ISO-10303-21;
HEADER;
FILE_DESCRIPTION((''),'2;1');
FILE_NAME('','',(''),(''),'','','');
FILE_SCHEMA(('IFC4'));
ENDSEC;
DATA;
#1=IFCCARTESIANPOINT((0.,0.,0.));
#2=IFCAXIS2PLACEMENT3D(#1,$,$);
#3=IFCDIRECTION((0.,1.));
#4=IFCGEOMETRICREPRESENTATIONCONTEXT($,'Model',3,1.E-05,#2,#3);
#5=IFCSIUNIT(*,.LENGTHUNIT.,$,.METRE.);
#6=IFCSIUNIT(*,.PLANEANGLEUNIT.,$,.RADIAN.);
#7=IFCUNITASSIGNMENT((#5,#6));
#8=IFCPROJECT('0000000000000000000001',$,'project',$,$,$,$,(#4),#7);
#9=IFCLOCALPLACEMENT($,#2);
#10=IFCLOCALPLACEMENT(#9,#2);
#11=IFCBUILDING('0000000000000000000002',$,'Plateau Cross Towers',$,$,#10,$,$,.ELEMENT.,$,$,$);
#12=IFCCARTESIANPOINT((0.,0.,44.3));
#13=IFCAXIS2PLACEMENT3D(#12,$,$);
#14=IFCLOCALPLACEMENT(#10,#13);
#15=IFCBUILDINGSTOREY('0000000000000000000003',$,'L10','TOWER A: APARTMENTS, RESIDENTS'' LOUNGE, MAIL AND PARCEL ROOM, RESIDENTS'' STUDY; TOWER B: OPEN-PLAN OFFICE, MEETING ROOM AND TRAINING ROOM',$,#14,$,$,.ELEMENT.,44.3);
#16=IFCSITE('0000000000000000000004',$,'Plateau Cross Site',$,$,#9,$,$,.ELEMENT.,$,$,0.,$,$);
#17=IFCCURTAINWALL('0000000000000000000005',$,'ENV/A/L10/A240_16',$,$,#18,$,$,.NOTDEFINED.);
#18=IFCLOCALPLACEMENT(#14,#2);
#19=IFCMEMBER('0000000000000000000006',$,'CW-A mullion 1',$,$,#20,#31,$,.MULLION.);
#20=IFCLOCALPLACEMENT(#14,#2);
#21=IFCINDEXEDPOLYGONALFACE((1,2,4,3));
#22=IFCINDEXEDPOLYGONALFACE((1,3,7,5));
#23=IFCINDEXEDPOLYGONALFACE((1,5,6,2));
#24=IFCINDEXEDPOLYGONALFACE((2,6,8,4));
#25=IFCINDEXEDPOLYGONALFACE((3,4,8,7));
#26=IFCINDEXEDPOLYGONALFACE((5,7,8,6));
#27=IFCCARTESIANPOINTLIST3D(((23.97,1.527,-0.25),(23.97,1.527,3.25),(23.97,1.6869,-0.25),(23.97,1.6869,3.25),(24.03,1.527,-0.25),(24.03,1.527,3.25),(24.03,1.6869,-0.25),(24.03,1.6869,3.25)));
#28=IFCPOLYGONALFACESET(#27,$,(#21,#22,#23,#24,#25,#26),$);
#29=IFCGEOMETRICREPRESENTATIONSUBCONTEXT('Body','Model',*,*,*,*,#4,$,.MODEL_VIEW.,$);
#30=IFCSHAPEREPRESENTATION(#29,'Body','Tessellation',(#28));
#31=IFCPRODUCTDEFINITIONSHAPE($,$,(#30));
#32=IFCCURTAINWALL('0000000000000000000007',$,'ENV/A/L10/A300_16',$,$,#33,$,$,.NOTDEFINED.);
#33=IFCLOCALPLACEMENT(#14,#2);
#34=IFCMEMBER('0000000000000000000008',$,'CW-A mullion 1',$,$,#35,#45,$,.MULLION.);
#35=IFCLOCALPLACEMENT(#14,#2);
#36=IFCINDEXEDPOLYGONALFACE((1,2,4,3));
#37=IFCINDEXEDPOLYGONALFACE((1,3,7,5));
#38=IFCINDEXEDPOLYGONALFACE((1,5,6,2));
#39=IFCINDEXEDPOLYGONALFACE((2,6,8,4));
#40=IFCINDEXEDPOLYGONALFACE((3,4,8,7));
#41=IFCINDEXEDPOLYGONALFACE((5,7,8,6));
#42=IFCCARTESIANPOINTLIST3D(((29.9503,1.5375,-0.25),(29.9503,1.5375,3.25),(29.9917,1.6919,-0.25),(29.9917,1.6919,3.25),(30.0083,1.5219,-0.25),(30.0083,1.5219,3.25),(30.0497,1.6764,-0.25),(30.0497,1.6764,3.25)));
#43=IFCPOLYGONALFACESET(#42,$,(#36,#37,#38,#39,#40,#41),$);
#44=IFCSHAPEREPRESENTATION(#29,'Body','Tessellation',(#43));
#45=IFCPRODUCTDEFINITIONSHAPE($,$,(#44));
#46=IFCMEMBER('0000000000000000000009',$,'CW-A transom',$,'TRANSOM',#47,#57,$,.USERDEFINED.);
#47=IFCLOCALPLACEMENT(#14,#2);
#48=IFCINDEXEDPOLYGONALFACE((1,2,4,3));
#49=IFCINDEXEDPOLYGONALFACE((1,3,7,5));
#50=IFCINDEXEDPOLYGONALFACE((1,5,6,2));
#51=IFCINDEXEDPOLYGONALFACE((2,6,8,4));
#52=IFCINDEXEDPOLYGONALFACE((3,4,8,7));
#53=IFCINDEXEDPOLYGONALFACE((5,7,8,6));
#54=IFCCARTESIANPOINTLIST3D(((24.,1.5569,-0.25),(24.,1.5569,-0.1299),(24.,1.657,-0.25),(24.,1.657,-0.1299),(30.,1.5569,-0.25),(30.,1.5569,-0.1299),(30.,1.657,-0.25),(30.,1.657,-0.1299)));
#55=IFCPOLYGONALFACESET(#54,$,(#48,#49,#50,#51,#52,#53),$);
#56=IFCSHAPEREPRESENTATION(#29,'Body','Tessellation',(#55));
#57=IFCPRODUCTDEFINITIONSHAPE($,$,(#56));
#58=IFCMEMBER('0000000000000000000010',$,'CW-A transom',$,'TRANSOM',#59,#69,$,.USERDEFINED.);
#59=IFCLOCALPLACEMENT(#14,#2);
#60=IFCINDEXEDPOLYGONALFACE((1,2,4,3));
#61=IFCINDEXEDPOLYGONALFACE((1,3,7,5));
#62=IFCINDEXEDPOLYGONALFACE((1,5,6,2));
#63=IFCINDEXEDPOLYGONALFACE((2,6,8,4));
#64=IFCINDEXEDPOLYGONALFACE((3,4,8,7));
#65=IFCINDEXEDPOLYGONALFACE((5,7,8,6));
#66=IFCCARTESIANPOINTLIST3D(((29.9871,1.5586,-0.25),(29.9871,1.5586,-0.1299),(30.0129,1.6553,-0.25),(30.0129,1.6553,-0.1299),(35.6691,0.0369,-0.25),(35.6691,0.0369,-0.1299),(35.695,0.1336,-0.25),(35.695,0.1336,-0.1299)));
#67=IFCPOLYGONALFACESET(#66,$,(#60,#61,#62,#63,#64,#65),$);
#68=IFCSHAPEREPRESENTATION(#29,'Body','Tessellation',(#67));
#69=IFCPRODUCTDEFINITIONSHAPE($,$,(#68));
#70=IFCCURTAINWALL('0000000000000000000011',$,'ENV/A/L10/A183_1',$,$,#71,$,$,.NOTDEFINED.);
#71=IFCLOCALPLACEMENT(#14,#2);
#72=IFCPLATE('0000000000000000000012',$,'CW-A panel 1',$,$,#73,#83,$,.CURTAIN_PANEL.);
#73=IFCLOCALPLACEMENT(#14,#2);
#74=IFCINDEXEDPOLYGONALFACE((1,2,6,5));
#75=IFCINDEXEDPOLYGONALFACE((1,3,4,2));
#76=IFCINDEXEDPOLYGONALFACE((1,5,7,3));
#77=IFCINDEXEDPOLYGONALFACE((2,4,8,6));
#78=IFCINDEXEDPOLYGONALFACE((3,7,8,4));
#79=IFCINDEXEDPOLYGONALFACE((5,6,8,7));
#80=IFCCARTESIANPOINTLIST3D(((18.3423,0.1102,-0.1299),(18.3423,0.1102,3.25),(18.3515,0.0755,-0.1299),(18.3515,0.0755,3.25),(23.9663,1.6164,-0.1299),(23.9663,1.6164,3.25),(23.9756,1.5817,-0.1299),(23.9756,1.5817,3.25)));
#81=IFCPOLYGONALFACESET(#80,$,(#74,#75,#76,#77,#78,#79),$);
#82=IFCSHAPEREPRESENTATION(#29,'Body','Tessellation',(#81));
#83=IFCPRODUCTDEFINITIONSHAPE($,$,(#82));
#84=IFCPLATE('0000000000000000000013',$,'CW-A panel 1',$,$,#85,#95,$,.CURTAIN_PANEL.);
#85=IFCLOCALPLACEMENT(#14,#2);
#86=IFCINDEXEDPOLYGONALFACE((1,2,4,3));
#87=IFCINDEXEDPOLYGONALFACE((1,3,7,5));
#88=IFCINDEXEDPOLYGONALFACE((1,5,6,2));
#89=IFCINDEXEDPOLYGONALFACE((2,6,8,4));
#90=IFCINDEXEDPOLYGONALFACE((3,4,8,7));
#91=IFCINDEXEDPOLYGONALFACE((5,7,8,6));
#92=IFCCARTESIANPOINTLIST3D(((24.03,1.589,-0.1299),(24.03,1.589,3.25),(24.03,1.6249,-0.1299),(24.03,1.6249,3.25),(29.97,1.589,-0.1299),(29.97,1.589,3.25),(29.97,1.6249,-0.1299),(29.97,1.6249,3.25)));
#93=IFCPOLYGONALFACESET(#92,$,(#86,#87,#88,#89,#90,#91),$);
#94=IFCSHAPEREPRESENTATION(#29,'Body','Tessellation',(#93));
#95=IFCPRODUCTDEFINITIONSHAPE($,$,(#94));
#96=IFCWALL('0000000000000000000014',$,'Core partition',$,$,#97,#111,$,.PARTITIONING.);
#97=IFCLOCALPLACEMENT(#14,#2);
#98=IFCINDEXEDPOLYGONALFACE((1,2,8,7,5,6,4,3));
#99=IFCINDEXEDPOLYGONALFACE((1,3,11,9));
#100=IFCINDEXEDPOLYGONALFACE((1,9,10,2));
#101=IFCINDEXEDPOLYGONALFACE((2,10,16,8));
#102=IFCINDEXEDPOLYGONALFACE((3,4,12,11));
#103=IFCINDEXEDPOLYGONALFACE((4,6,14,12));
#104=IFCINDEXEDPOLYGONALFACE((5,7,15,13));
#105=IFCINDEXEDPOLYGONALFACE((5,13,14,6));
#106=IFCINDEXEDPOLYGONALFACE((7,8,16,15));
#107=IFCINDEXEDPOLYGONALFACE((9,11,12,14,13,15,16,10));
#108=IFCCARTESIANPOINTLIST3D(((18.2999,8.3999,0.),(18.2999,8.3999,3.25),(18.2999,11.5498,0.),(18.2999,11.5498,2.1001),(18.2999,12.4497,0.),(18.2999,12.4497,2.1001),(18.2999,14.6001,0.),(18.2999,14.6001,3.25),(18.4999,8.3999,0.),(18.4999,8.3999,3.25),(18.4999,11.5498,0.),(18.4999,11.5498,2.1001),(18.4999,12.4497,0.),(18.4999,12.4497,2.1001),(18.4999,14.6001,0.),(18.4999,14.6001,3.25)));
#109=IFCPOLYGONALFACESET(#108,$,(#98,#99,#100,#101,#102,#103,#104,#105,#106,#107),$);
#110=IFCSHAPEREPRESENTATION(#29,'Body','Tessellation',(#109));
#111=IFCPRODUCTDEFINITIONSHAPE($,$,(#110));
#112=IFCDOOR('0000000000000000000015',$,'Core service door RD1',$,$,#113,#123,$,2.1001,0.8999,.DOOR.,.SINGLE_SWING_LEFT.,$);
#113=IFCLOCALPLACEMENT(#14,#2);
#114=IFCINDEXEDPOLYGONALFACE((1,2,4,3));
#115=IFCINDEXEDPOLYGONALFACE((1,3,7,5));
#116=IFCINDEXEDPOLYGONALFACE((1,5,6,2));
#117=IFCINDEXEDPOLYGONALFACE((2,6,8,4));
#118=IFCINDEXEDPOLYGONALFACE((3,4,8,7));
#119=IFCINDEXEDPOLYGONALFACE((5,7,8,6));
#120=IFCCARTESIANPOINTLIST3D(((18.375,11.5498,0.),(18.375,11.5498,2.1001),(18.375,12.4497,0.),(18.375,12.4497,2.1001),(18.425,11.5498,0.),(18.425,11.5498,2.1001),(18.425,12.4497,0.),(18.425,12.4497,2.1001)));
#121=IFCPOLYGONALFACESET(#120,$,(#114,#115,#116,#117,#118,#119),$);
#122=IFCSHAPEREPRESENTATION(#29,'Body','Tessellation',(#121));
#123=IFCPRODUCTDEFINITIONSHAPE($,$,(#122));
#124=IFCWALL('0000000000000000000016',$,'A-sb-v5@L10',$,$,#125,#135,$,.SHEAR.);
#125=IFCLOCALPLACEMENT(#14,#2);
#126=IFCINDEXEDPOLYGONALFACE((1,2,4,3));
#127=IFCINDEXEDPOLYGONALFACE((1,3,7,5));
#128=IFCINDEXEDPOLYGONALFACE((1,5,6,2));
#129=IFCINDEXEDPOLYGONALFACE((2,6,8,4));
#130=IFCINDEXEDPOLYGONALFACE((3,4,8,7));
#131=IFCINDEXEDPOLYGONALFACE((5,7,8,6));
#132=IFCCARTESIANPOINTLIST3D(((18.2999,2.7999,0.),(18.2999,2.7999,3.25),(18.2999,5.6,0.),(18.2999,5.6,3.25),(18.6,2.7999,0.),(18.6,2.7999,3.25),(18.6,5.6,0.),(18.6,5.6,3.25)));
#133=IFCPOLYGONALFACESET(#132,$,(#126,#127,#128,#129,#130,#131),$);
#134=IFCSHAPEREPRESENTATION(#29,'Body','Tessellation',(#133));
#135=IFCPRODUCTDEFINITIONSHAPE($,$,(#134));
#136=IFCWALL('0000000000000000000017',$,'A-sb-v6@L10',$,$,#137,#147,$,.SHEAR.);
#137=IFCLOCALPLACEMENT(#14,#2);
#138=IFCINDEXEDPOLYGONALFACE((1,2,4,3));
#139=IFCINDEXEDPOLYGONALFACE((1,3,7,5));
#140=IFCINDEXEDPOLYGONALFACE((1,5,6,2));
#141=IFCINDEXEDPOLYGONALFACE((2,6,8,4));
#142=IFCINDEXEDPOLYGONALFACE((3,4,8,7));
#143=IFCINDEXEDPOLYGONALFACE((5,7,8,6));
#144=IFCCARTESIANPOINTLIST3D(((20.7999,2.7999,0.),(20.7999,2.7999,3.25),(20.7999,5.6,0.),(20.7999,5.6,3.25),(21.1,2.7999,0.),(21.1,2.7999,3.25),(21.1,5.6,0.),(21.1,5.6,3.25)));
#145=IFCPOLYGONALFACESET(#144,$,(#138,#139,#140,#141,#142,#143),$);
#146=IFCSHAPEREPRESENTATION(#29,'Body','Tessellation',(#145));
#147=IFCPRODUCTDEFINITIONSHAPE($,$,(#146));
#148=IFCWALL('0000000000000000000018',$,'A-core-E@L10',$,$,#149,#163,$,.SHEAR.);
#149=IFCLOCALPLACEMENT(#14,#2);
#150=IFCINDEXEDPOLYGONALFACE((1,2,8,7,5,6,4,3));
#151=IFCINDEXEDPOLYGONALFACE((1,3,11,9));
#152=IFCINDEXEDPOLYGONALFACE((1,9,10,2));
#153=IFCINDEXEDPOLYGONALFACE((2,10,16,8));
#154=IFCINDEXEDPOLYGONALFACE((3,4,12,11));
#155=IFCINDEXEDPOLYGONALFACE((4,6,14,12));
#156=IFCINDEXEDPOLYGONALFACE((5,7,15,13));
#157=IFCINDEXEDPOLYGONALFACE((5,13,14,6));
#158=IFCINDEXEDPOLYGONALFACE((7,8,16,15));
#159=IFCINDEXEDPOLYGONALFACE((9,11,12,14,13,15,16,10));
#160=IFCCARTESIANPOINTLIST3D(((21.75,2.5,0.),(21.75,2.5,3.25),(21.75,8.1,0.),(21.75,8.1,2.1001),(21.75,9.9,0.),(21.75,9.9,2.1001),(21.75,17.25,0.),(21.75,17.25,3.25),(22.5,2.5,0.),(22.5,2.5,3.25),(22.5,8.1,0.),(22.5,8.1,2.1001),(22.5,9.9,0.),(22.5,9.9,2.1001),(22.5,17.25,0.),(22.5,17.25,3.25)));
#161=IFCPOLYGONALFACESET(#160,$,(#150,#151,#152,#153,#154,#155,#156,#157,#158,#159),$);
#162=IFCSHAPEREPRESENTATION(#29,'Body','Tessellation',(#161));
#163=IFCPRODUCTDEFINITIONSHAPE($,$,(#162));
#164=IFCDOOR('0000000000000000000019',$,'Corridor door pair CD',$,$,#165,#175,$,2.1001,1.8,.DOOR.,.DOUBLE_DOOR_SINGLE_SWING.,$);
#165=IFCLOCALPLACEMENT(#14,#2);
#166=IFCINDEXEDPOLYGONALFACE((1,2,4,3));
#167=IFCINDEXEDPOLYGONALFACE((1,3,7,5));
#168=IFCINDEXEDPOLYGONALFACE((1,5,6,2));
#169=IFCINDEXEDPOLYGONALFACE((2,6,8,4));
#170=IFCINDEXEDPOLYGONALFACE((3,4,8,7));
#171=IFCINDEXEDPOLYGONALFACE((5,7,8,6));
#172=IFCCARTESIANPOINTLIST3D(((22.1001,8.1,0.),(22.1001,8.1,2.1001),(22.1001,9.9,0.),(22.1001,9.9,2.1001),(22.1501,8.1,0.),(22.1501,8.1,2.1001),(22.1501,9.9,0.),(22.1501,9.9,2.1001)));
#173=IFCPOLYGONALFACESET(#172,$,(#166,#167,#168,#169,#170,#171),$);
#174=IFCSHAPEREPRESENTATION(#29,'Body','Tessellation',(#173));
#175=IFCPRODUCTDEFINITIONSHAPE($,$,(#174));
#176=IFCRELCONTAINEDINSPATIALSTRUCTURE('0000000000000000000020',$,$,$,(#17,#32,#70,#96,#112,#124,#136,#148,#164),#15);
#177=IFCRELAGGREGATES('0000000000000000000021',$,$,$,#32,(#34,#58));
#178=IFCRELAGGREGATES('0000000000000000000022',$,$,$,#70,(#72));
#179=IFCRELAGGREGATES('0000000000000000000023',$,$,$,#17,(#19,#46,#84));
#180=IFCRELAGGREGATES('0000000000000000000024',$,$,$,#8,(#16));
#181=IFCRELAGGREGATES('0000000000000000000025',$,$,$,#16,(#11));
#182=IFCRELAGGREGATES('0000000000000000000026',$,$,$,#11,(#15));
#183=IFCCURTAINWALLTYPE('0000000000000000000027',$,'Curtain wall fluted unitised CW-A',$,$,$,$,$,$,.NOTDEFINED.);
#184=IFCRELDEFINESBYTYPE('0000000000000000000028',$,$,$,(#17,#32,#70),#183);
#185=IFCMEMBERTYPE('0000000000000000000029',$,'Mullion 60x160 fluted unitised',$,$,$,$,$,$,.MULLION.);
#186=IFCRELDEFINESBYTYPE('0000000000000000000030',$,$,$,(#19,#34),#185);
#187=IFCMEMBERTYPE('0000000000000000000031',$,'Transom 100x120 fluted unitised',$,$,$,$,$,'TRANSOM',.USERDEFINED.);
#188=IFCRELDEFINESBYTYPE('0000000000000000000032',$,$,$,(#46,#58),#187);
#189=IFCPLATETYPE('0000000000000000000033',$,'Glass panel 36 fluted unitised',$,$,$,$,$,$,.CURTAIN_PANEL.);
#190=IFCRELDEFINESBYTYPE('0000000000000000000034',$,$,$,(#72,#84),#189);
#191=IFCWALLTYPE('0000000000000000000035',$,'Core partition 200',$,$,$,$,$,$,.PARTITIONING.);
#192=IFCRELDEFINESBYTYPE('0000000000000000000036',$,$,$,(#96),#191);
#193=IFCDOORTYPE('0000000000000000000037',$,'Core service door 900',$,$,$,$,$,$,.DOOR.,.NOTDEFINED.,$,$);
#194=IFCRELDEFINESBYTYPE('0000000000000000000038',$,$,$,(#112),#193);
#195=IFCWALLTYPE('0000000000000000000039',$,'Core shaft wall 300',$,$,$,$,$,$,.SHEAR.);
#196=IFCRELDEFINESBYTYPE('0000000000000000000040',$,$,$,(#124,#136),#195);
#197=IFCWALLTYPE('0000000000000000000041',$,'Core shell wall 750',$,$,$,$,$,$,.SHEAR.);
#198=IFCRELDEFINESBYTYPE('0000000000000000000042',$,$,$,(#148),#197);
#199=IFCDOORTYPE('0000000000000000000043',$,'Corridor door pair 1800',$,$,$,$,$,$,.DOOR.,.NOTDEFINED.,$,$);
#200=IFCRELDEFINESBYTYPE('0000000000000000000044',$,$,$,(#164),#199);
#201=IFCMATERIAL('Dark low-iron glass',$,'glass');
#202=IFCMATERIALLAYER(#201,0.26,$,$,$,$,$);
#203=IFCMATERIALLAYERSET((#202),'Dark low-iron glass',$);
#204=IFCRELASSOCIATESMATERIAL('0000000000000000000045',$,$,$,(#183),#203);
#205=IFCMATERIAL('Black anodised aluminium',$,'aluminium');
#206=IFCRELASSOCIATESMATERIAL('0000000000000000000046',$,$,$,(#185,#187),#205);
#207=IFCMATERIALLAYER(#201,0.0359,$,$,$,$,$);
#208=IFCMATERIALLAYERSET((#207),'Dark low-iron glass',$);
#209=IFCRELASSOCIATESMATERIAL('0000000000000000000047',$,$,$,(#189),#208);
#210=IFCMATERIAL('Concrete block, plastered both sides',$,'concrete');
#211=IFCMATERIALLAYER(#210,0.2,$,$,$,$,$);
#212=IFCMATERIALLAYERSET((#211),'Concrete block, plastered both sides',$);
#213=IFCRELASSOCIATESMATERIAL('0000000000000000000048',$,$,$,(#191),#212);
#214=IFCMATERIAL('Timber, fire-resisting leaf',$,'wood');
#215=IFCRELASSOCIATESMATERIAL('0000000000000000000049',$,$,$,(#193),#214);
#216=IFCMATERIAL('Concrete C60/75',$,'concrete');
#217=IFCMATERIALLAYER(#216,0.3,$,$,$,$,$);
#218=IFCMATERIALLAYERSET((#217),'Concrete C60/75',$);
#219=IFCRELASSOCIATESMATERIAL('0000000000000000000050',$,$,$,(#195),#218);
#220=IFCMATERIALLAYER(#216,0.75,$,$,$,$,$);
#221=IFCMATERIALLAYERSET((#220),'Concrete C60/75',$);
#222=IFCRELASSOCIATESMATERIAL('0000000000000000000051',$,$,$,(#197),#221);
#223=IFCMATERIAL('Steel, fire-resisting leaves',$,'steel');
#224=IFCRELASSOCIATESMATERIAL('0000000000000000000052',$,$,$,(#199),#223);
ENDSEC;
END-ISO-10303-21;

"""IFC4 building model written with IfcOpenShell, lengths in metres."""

from ifc_helpers import new_model, si_unit, direction, frame, frame_2d, origin, origin_2d, place, context, subcontext, project, spatial, rectangle, extrude, material, layer, layer_set, material_profile, profile_set, type_object, element, fill, aggregate, save


model = new_model("IFC4")

# Units and contexts
model_context = context("Model", 3, precision=1e-05, world=origin(), true_north=direction((0.0, 1.0)))
body_context = subcontext(model_context, "Body", "Model", "MODEL_VIEW")
ifc_project = project(units=[si_unit("LENGTHUNIT", "METRE"), si_unit("PLANEANGLEUNIT", "RADIAN")], contexts=[model_context])

# Site, building, storey
site_placement = place(None, origin())
site = spatial("IfcSite", under=ifc_project, at=site_placement, Name="Plateau Cross Site", CompositionType="ELEMENT", RefElevation=0.0)
building_placement = place(site_placement, origin())
building = spatial("IfcBuilding", under=site, at=building_placement, Name="Plateau Cross Towers", CompositionType="ELEMENT")
storey_placement = place(building_placement, frame((0.0, 0.0, 44.3)))
storey = spatial("IfcBuildingStorey", under=building, at=storey_placement, Name="L10", Description="TOWER A: APARTMENTS, RESIDENTS' LOUNGE, MAIL AND PARCEL ROOM, RESIDENTS' STUDY; TOWER B: OPEN-PLAN OFFICE, MEETING ROOM AND TRAINING ROOM", CompositionType="ELEMENT", Elevation=44.3)

# Curtain walls, members
ifc_material_1 = material(Name="Dark low-iron glass", Category="glass")
ifc_layer_1 = layer(ifc_material_1, 0.26)
ifc_layer_set_1 = layer_set([ifc_layer_1], Name="Dark low-iron glass")
curtain_wall_type = type_object("IfcCurtainWallType", Name="Curtain wall fluted unitised CW-A", PredefinedType="NOTDEFINED", material=ifc_layer_set_1)
curtain_wall_1_placement = place(storey_placement, origin())
curtain_wall_1 = element("IfcCurtainWall", 1, at=curtain_wall_1_placement, inside=storey, type_object=curtain_wall_type, Name="ENV/A/L10/A240_16", PredefinedType="NOTDEFINED")
ifc_material_2 = material(Name="Black anodised aluminium", Category="aluminium")
ifc_material_profile_1 = material_profile(ifc_material_2, rectangle(XDim=0.0601, YDim=0.1599, at=origin_2d()), Name="MULLION 60x160")
ifc_profile_set_1 = profile_set([ifc_material_profile_1], Name="Black anodised aluminium")
member_type_1 = type_object("IfcMemberType", Name="Mullion 60x160 fluted unitised", PredefinedType="MULLION", material=ifc_profile_set_1)
member_1_placement = place(storey_placement, frame((24.0, 1.6069, -0.25), z_axis=(0.0, 0.0, 1.0), x_axis=(1.0, 0.0, 0.0)))
member_1 = element("IfcMember", 2, at=member_1_placement, type_object=member_type_1, Name="CW-A mullion 1", PredefinedType="MULLION", context=body_context, shape_type="SweptSolid", body=[
    extrude(rectangle(XDim=0.0601, YDim=0.1599, at=origin_2d()), origin(), (0.0, 0.0, 1.0), 3.5),
])
curtain_wall_2_placement = place(storey_placement, origin())
curtain_wall_2 = element("IfcCurtainWall", 3, at=curtain_wall_2_placement, inside=storey, type_object=curtain_wall_type, Name="ENV/A/L10/A300_16", PredefinedType="NOTDEFINED")
member_2_placement = place(storey_placement, frame((30.0, 1.6069, -0.25), z_axis=(0.0, 0.0, 1.0), x_axis=(0.965958, -0.258699, 0.0)))
member_2 = element("IfcMember", 4, at=member_2_placement, type_object=member_type_1, Name="CW-A mullion 1", PredefinedType="MULLION", context=body_context, shape_type="SweptSolid", body=[
    extrude(rectangle(XDim=0.0601, YDim=0.1599, at=origin_2d()), origin(), (0.0, 0.0, 1.0), 3.5),
])

# Members
ifc_material_profile_2 = material_profile(ifc_material_2, rectangle(XDim=0.1001, YDim=0.1201, at=origin_2d()), Name="TRANSOM 100x120")
ifc_profile_set_2 = profile_set([ifc_material_profile_2], Name="Black anodised aluminium")
member_type_2 = type_object("IfcMemberType", Name="Transom 100x120 fluted unitised", ElementType="TRANSOM", PredefinedType="USERDEFINED", material=ifc_profile_set_2)
member_3_placement = place(storey_placement, frame((24.0, 1.6069, -0.1899), z_axis=(1.0, 0.0, 0.0), x_axis=(0.0, 1.0, 0.0)))
member_3 = element("IfcMember", 5, at=member_3_placement, type_object=member_type_2, Name="CW-A transom", ObjectType="TRANSOM", PredefinedType="USERDEFINED", context=body_context, shape_type="SweptSolid", body=[
    extrude(rectangle(XDim=0.1001, YDim=0.1201, at=origin_2d()), origin(), (0.0, 0.0, 1.0), 6.0),
])
member_4_placement = place(storey_placement, frame((30.0, 1.6069, -0.1899), z_axis=(0.96596, -0.258693, 0.0), x_axis=(0.258693, 0.96596, 0.0)))
member_4 = element("IfcMember", 6, at=member_4_placement, type_object=member_type_2, Name="CW-A transom", ObjectType="TRANSOM", PredefinedType="USERDEFINED", context=body_context, shape_type="SweptSolid", body=[
    extrude(rectangle(XDim=0.1001, YDim=0.1201, at=origin_2d()), origin(), (0.0, 0.0, 1.0), 5.8823),
])
aggregate(curtain_wall_2, [member_2, member_4])

# Curtain wall, plate
curtain_wall_3_placement = place(storey_placement, origin())
curtain_wall_3 = element("IfcCurtainWall", 7, at=curtain_wall_3_placement, inside=storey, type_object=curtain_wall_type, Name="ENV/A/L10/A183_1", PredefinedType="NOTDEFINED")
ifc_layer_2 = layer(ifc_material_1, 0.0359)
ifc_layer_set_2 = layer_set([ifc_layer_2], Name="Dark low-iron glass")
plate_type = type_object("IfcPlateType", Name="Glass panel 36 fluted unitised", PredefinedType="CURTAIN_PANEL", material=ifc_layer_set_2)
plate_1_placement = place(storey_placement, frame((21.1589, 0.8459, -0.1299), z_axis=(0.0, 0.0, 1.0), x_axis=(0.965958, 0.258699, 0.0)))
plate_1 = element("IfcPlate", 8, at=plate_1_placement, type_object=plate_type, Name="CW-A panel 1", PredefinedType="CURTAIN_PANEL", context=body_context, shape_type="SweptSolid", body=[
    extrude(rectangle(XDim=5.8223, YDim=0.0359, at=origin_2d()), origin(), (0.0, 0.0, 1.0), 3.3799),
])
aggregate(curtain_wall_3, [plate_1])

# Plate
plate_2_placement = place(storey_placement, frame((27.0, 1.6069, -0.1299), z_axis=(0.0, 0.0, 1.0), x_axis=(1.0, 0.0, 0.0)))
plate_2 = element("IfcPlate", 9, at=plate_2_placement, type_object=plate_type, Name="CW-A panel 1", PredefinedType="CURTAIN_PANEL", context=body_context, shape_type="SweptSolid", body=[
    extrude(rectangle(XDim=5.9399, YDim=0.0359, at=origin_2d()), origin(), (0.0, 0.0, 1.0), 3.3799),
])
aggregate(curtain_wall_1, [member_1, member_3, plate_2])

# Wall, opening, door
ifc_material_3 = material(Name="Concrete block, plastered both sides", Category="concrete")
ifc_layer_3 = layer(ifc_material_3, 0.2)
ifc_layer_set_3 = layer_set([ifc_layer_3], Name="Concrete block, plastered both sides")
wall_type_1 = type_object("IfcWallType", Name="Core partition 200", PredefinedType="PARTITIONING", material=ifc_layer_set_3)
wall_1_placement = place(storey_placement, frame((18.3999, 8.3999, 0.0), z_axis=(0.0, 0.0, 1.0), x_axis=(0.0, 1.0, 0.0)))
wall_1 = element("IfcWall", 10, at=wall_1_placement, inside=storey, type_object=wall_type_1, Name="Core partition", PredefinedType="PARTITIONING", context=body_context, shape_type="SweptSolid", body=[
    extrude(rectangle(XDim=6.2002, YDim=0.2, at=frame_2d((3.1001, 0.0))), origin(), (0.0, 0.0, 1.0), 3.25),
])
opening_1_placement = place(wall_1_placement, frame((3.1499, 0.0, 0.0)))
opening_1 = element("IfcOpeningElement", 11, at=opening_1_placement, cuts=wall_1, PredefinedType="OPENING", context=body_context, shape_type="SweptSolid", body=[
    extrude(rectangle(XDim=0.8999, YDim=2.1001, at=frame_2d((0.45, 1.05))), frame((0.0, 0.1099, 0.0), z_axis=(0.0, -1.0, 0.0), x_axis=(1.0, 0.0, 0.0)), (0.0, 0.0, 1.0), 0.22),
])
ifc_material_4 = material(Name="Timber, fire-resisting leaf", Category="wood")
door_type_1 = type_object("IfcDoorType", Name="Core service door 900", OperationType="NOTDEFINED", PredefinedType="DOOR", material=ifc_material_4)
door_1_placement = place(opening_1_placement, origin())
door_1 = element("IfcDoor", 12, at=door_1_placement, inside=storey, type_object=door_type_1, Name="Core service door RD1", OperationType="SINGLE_SWING_LEFT", OverallHeight=2.1001, OverallWidth=0.8999, PredefinedType="DOOR", context=body_context, shape_type="SweptSolid", body=[
    extrude(rectangle(XDim=0.8999, YDim=2.1001, at=frame_2d((0.45, 1.05))), frame((0.0, 0.0249, 0.0), z_axis=(0.0, -1.0, 0.0), x_axis=(1.0, 0.0, 0.0)), (0.0, 0.0, 1.0), 0.05),
])
fill(opening_1, door_1)

# Walls
ifc_material_5 = material(Name="Concrete C60/75", Category="concrete")
ifc_layer_4 = layer(ifc_material_5, 0.3)
ifc_layer_set_4 = layer_set([ifc_layer_4], Name="Concrete C60/75")
wall_type_2 = type_object("IfcWallType", Name="Core shaft wall 300", PredefinedType="SHEAR", material=ifc_layer_set_4)
for number, where, z_axis, x_axis, name in (
    (13, (18.45, 2.8, 0.0), (0.0, 0.0, 1.0), (0.0, 1.0, 0.0), "A-sb-v5@L10"),
    (14, (20.95, 2.8, 0.0), (0.0, 0.0, 1.0), (0.0, 1.0, 0.0), "A-sb-v6@L10"),
):
    element("IfcWall", number, at=place(storey_placement, frame(where, z_axis=z_axis, x_axis=x_axis)), inside=storey, type_object=wall_type_2, Name=name, PredefinedType="SHEAR", context=body_context, shape_type="SweptSolid", body=[
        extrude(rectangle(XDim=2.8, YDim=0.3, at=frame_2d((1.3999, 0.0))), origin(), (0.0, 0.0, 1.0), 3.25),
    ])

# Wall, opening, door
ifc_layer_5 = layer(ifc_material_5, 0.75)
ifc_layer_set_5 = layer_set([ifc_layer_5], Name="Concrete C60/75")
wall_type_3 = type_object("IfcWallType", Name="Core shell wall 750", PredefinedType="SHEAR", material=ifc_layer_set_5)
wall_2_placement = place(storey_placement, frame((22.125, 2.5, 0.0), z_axis=(0.0, 0.0, 1.0), x_axis=(0.0, 1.0, 0.0)))
wall_2 = element("IfcWall", 15, at=wall_2_placement, inside=storey, type_object=wall_type_3, Name="A-core-E@L10", PredefinedType="SHEAR", context=body_context, shape_type="SweptSolid", body=[
    extrude(rectangle(XDim=14.75, YDim=0.75, at=frame_2d((7.375, 0.0))), origin(), (0.0, 0.0, 1.0), 3.25),
])
opening_2_placement = place(wall_2_placement, frame((5.6001, 0.0, 0.0)))
opening_2 = element("IfcOpeningElement", 16, at=opening_2_placement, cuts=wall_2, PredefinedType="OPENING", context=body_context, shape_type="SweptSolid", body=[
    extrude(rectangle(XDim=1.8, YDim=2.1001, at=frame_2d((0.8999, 1.05))), frame((0.0, 0.385, 0.0), z_axis=(0.0, -1.0, 0.0), x_axis=(1.0, 0.0, 0.0)), (0.0, 0.0, 1.0), 0.77),
])
ifc_material_6 = material(Name="Steel, fire-resisting leaves", Category="steel")
door_type_2 = type_object("IfcDoorType", Name="Corridor door pair 1800", OperationType="NOTDEFINED", PredefinedType="DOOR", material=ifc_material_6)
door_2_placement = place(opening_2_placement, origin())
door_2 = element("IfcDoor", 17, at=door_2_placement, inside=storey, type_object=door_type_2, Name="Corridor door pair CD", OperationType="DOUBLE_DOOR_SINGLE_SWING", OverallHeight=2.1001, OverallWidth=1.8, PredefinedType="DOOR", context=body_context, shape_type="SweptSolid", body=[
    extrude(rectangle(XDim=1.8, YDim=2.1001, at=frame_2d((0.8999, 1.05))), frame((0.0, 0.0249, 0.0), z_axis=(0.0, -1.0, 0.0), x_axis=(1.0, 0.0, 0.0)), (0.0, 0.0, 1.0), 0.05),
])
fill(opening_2, door_2)

save(model, "model.ifc")
